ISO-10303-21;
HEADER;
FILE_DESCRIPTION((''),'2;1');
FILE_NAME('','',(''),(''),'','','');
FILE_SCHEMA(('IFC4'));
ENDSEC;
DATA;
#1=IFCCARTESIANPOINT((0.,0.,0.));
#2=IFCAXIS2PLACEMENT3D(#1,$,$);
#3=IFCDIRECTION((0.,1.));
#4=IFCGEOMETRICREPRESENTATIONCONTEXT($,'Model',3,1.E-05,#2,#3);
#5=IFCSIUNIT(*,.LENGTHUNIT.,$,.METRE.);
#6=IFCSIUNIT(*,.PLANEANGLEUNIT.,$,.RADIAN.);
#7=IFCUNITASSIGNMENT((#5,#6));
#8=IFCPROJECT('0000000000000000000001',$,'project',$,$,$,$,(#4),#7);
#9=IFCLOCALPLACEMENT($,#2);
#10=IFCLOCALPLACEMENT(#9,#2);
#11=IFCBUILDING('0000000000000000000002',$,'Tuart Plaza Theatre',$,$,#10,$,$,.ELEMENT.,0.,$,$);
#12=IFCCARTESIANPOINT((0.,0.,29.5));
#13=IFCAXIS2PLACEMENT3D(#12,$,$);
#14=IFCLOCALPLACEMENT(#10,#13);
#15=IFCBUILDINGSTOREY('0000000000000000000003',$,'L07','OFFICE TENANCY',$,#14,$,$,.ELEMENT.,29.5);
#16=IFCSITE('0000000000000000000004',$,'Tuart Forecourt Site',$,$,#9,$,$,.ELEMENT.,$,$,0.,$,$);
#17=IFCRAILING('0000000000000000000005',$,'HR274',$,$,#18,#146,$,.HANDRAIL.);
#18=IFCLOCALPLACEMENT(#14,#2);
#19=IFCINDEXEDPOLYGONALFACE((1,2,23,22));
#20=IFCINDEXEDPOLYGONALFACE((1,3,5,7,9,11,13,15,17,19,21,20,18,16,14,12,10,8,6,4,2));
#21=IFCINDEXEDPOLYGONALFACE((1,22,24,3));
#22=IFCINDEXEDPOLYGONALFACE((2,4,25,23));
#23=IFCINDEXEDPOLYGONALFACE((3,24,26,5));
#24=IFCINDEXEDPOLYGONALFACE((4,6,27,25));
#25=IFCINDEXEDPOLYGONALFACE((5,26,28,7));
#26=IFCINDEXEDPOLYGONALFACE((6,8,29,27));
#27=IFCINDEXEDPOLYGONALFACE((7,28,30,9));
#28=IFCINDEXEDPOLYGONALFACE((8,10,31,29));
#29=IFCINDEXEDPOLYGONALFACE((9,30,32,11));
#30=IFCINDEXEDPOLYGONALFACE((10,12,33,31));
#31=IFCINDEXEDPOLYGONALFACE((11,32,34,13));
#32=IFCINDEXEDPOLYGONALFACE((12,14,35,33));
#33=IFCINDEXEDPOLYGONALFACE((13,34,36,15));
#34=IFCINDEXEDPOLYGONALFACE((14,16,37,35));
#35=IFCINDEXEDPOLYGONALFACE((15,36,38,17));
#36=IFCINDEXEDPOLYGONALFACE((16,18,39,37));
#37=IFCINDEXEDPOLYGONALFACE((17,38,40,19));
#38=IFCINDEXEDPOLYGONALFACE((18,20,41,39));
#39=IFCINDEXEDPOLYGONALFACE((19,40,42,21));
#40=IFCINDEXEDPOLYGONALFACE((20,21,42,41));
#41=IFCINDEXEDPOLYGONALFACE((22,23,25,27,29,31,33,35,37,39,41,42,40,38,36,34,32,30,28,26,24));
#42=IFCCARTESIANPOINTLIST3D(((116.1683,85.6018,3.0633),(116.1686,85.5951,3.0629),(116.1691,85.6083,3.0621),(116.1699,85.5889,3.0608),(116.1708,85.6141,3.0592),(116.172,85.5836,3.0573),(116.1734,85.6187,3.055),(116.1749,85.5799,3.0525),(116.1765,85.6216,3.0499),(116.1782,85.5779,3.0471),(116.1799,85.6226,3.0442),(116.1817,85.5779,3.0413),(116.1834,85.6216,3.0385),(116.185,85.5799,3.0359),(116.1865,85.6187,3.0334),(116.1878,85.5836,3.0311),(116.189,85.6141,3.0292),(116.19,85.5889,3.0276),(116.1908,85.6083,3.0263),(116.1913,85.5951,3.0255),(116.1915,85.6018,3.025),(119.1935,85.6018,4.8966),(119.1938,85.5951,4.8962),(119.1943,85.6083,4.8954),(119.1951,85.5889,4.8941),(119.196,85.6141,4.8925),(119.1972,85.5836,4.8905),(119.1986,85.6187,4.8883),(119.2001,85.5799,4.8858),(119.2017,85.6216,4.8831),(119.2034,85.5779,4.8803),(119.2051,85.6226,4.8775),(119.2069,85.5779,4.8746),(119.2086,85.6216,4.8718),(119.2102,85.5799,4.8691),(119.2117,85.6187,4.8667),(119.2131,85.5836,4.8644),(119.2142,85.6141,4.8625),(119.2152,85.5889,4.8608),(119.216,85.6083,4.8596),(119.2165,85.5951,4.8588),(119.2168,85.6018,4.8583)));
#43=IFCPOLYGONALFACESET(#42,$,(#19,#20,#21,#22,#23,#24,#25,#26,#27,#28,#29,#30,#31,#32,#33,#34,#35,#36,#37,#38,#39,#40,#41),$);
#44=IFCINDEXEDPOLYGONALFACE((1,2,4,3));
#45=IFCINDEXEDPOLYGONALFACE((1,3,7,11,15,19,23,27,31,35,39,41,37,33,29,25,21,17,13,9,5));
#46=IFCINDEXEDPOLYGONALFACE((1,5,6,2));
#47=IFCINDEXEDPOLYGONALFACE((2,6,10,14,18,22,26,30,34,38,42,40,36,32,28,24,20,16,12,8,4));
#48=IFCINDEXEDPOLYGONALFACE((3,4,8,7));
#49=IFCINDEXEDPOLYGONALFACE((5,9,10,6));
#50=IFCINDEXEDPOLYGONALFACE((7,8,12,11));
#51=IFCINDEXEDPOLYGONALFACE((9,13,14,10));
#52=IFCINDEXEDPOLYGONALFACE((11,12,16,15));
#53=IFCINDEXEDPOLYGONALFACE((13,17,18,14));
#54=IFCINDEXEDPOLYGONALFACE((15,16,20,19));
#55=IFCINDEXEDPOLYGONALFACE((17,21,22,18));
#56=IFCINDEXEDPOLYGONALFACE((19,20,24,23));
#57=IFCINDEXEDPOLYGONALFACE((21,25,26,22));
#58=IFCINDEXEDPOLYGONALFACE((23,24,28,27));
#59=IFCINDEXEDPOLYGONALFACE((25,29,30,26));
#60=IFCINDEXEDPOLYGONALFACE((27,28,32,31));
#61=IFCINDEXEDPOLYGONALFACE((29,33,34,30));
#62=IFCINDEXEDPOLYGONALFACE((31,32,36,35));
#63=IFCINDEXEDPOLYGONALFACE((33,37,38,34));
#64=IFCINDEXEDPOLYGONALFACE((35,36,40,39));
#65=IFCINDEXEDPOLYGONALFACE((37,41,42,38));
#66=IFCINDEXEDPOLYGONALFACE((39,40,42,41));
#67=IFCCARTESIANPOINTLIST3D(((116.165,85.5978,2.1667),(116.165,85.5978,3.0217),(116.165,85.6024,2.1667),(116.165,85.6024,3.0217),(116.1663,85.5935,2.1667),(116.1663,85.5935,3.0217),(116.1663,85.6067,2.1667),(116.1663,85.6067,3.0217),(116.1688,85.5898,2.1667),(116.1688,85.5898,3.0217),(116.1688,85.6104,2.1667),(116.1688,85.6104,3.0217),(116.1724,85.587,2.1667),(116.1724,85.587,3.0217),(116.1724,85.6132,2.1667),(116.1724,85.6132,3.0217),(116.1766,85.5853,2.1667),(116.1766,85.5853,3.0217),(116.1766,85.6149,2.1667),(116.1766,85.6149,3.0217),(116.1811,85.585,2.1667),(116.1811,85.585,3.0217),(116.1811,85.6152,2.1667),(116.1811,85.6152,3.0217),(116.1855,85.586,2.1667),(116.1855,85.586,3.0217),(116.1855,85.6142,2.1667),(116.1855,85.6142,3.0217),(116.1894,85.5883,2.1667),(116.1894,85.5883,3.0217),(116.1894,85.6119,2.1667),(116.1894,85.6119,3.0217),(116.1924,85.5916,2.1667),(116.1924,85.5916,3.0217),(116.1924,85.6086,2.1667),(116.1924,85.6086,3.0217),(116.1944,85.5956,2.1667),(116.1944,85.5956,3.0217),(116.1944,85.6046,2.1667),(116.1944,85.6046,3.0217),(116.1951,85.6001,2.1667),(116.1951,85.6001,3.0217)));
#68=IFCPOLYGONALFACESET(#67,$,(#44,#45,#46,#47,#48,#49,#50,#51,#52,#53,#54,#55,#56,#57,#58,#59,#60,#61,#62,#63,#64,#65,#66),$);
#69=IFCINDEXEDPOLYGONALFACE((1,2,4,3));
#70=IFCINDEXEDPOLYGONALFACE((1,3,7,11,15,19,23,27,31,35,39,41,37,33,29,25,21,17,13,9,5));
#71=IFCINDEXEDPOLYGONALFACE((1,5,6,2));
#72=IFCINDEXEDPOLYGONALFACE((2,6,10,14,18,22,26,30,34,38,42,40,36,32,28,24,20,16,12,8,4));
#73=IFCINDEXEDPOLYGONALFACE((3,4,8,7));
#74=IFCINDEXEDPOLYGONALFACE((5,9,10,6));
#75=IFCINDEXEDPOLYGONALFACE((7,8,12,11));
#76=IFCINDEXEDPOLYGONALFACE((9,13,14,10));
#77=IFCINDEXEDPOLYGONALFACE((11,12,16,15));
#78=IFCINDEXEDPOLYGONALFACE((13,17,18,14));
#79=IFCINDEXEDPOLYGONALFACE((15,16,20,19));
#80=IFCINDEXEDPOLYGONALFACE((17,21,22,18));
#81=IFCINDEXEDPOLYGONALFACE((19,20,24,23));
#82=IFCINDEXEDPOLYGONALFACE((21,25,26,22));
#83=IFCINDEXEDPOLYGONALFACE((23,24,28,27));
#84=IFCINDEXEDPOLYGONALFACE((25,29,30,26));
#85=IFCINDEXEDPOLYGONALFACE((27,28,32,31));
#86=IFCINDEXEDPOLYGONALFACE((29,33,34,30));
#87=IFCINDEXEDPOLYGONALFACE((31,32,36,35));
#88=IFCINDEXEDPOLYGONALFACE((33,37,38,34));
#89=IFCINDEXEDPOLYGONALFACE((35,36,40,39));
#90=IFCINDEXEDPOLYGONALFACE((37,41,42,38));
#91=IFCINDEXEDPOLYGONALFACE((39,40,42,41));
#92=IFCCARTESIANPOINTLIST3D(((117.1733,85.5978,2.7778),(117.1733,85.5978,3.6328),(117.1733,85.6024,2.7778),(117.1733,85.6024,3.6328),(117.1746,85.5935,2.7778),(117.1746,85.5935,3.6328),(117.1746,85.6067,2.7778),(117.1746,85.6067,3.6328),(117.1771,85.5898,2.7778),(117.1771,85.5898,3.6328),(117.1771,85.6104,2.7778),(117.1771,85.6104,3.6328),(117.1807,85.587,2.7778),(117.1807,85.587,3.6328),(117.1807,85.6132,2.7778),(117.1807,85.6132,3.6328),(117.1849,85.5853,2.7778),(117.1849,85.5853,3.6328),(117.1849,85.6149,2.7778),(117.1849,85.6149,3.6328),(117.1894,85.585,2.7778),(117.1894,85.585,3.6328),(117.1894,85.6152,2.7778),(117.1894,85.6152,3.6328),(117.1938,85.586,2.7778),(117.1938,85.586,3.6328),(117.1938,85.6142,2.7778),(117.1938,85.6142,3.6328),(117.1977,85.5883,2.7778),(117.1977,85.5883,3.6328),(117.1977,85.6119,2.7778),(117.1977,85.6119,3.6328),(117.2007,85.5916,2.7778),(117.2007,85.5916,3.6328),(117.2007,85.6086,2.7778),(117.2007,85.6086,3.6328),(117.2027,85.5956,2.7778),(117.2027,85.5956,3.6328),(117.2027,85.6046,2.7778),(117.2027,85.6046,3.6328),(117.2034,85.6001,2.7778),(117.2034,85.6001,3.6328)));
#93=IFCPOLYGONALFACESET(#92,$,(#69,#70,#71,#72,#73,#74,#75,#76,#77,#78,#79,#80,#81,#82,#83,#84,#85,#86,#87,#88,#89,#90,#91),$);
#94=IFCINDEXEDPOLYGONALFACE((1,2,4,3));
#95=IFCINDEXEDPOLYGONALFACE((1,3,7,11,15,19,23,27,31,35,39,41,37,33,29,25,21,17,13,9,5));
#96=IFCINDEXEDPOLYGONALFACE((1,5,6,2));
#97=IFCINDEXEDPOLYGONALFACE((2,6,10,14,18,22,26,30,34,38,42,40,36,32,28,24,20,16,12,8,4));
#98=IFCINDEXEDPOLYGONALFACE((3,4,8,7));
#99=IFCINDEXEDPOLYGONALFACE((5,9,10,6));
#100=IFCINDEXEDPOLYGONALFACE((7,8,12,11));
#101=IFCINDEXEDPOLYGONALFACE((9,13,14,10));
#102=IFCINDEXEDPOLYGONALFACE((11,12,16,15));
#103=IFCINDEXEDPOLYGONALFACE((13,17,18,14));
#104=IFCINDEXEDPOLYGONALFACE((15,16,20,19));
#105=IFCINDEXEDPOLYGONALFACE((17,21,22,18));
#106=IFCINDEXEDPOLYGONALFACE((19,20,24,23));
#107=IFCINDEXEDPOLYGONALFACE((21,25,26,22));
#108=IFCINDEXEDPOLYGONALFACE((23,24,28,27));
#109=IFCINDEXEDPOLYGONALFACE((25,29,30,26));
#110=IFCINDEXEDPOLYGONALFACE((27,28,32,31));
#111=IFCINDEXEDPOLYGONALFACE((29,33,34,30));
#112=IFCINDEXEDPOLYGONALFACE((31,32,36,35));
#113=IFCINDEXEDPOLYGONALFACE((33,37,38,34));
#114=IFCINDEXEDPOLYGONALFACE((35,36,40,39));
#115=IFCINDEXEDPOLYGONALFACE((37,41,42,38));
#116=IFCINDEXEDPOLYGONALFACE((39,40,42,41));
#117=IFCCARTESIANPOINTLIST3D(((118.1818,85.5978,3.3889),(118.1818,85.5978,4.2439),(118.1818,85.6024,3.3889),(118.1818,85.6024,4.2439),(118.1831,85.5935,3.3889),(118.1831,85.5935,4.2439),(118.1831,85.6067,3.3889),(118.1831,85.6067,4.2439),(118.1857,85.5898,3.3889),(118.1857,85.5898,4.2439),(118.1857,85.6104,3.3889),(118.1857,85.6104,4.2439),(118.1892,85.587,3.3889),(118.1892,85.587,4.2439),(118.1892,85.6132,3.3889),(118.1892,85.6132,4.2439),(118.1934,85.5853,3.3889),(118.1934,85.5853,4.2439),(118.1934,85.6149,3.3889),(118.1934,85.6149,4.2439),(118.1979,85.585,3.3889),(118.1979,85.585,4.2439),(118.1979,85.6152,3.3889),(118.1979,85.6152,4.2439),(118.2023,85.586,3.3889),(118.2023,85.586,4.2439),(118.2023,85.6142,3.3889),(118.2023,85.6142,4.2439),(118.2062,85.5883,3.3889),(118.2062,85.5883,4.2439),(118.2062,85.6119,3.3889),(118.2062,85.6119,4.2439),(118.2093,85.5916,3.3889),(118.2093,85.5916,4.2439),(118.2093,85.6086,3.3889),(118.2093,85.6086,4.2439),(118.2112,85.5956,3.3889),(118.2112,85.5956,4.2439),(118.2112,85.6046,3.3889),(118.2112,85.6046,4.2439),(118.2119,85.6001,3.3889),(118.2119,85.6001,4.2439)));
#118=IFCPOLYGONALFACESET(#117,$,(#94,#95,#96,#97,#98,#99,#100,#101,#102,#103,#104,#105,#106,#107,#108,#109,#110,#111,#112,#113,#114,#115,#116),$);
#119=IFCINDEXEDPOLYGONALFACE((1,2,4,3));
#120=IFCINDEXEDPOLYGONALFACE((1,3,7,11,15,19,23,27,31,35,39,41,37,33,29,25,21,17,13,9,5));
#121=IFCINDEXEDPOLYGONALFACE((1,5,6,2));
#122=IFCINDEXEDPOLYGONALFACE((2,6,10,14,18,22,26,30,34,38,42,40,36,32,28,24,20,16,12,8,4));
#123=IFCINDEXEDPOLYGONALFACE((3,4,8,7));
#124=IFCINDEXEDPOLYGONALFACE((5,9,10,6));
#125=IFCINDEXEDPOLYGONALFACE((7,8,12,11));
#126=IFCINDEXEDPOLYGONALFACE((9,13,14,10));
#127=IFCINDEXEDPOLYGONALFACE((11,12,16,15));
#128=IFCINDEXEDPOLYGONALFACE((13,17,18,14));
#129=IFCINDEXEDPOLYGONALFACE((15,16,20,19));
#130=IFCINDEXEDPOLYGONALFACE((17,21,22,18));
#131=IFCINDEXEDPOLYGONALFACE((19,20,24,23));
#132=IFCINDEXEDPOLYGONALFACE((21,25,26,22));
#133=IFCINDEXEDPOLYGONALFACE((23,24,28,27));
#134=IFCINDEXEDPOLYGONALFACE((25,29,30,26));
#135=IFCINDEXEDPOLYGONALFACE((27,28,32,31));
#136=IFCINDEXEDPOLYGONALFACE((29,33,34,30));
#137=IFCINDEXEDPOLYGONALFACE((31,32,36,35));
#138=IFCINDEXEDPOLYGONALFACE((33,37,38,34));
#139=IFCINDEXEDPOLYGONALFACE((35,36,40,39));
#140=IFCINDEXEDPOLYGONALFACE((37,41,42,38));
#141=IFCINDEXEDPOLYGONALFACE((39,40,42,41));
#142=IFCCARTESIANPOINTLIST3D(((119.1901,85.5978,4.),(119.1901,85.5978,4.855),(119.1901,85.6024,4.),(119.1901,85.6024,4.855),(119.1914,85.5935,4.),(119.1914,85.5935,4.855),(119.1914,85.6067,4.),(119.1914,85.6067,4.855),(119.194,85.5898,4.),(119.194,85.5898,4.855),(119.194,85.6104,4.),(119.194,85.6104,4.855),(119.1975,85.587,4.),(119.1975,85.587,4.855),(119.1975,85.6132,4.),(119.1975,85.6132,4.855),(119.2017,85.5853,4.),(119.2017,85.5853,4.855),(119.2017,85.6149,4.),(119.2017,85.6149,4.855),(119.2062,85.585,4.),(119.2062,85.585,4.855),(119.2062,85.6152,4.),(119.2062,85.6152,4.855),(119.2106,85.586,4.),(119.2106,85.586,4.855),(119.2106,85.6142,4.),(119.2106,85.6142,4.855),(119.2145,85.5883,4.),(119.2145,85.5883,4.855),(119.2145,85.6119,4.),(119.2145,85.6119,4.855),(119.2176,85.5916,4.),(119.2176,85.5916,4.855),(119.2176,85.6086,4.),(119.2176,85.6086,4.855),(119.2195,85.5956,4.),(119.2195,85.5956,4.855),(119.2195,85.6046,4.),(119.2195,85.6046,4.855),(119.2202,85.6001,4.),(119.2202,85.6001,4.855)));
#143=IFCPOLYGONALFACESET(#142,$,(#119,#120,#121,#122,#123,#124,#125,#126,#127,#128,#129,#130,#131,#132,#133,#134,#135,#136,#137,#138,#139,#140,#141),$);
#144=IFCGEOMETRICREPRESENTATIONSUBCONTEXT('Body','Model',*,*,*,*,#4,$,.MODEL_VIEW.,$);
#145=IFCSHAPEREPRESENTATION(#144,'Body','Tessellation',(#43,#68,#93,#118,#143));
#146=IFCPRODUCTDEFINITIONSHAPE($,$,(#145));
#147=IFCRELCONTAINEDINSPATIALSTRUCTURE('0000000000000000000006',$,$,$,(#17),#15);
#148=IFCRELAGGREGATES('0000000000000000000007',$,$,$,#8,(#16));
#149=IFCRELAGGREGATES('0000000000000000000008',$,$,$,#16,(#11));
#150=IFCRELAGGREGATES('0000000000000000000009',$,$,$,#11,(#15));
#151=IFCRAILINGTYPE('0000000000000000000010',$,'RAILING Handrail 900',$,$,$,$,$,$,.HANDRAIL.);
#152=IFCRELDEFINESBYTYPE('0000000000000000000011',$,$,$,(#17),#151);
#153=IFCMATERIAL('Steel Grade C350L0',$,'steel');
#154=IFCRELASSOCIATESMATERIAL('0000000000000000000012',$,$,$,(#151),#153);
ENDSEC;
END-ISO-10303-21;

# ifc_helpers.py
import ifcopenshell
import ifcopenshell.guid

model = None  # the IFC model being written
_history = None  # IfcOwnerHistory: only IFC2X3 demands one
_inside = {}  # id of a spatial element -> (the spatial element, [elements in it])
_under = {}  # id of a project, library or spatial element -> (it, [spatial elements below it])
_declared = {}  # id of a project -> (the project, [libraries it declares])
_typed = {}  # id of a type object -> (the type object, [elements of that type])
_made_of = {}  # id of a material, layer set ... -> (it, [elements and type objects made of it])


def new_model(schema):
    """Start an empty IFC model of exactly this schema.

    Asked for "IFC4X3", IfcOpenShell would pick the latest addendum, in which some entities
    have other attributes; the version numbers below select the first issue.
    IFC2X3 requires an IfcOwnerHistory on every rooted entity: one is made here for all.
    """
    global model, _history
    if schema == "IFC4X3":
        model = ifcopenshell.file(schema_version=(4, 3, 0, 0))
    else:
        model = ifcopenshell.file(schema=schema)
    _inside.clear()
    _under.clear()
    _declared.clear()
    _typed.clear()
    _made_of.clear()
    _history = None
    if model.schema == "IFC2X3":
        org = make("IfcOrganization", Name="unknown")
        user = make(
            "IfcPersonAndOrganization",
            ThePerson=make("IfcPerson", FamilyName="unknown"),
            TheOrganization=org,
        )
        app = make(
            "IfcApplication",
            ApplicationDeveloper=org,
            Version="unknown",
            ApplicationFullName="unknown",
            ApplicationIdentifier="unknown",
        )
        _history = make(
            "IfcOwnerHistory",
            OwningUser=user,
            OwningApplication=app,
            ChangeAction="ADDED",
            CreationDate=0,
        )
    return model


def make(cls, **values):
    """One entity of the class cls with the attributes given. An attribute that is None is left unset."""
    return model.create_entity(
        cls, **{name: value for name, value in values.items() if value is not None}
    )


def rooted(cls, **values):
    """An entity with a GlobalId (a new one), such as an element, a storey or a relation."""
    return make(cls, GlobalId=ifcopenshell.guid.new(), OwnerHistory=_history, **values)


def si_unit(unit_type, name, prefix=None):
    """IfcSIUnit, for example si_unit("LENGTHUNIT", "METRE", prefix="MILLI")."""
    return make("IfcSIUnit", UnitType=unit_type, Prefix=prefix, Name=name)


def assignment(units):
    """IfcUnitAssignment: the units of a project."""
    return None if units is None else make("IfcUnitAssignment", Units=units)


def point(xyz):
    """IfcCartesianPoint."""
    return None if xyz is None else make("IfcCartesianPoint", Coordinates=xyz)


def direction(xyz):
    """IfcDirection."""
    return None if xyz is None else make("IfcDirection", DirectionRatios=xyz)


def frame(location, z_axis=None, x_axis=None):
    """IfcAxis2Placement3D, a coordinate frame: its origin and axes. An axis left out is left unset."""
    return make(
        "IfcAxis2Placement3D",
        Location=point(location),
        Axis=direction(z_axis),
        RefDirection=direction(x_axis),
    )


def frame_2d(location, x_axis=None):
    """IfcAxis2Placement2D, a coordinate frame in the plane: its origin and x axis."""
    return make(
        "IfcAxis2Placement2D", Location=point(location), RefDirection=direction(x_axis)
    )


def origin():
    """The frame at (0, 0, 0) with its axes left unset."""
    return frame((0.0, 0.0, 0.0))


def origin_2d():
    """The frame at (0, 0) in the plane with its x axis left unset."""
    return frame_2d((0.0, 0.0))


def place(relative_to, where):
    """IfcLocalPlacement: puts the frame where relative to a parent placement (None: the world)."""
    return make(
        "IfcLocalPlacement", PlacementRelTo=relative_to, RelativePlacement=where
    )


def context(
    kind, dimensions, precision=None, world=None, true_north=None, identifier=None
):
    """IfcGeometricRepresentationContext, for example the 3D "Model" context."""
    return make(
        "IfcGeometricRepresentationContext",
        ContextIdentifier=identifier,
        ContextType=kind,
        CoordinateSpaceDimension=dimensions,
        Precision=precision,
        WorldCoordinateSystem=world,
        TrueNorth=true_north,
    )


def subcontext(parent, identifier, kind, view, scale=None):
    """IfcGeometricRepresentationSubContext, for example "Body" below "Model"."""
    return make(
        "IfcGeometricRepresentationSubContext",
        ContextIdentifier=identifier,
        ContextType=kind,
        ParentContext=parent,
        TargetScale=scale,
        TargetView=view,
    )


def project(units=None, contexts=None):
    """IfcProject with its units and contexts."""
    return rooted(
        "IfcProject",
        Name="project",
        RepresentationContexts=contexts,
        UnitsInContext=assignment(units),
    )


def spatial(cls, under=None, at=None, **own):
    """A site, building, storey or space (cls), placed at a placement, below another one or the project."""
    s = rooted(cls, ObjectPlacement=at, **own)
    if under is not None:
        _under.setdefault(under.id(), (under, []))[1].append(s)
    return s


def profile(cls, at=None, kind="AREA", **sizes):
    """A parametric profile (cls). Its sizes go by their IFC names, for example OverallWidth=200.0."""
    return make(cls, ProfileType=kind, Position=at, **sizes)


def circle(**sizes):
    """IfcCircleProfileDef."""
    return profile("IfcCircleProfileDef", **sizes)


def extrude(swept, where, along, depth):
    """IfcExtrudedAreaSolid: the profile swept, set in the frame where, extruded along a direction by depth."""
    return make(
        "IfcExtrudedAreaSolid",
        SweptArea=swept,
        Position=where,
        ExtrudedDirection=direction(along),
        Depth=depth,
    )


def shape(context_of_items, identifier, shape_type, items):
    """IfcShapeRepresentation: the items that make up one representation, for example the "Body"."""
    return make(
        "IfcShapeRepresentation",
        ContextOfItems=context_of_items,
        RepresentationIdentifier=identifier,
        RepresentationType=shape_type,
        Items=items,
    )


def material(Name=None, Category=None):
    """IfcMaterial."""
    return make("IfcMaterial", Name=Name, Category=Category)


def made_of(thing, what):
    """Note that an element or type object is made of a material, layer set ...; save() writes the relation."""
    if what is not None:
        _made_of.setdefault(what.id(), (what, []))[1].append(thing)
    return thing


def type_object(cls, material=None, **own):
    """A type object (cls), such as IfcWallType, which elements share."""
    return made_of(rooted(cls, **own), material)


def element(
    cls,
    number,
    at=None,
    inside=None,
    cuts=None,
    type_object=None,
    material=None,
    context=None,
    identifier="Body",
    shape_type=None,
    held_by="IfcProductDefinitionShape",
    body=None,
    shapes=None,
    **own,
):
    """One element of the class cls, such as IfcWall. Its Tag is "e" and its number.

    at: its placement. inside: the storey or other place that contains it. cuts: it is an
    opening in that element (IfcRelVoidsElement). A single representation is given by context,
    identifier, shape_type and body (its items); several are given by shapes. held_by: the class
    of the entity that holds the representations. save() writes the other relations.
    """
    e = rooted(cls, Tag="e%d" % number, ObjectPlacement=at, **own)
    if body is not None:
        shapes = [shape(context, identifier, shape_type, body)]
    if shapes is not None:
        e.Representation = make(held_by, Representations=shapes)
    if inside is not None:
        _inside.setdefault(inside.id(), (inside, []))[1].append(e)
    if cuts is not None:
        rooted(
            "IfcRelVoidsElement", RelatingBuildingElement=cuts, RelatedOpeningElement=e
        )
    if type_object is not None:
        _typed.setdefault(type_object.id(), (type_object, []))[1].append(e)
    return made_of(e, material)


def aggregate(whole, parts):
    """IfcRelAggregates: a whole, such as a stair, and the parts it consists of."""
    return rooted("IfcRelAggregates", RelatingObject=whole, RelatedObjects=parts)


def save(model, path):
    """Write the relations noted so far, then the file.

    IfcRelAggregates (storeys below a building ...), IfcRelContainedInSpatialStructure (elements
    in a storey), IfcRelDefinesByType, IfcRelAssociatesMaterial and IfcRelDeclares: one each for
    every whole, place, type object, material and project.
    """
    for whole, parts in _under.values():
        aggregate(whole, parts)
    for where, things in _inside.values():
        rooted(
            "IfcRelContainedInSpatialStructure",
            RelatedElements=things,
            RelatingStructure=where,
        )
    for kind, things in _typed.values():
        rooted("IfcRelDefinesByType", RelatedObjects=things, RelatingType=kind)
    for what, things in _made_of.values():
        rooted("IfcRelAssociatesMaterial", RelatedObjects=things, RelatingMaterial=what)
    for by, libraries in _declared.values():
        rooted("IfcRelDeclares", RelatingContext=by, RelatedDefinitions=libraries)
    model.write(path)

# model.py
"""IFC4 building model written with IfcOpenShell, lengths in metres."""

from ifc_helpers import new_model, si_unit, direction, frame, origin, origin_2d, place, context, subcontext, project, spatial, circle, extrude, material, type_object, element, save


model = new_model("IFC4")

# Units and contexts
model_context = context("Model", 3, precision=1e-05, world=origin(), true_north=direction((0.0, 1.0)))
body_context = subcontext(model_context, "Body", "Model", "MODEL_VIEW")
ifc_project = project(units=[si_unit("LENGTHUNIT", "METRE"), si_unit("PLANEANGLEUNIT", "RADIAN")], contexts=[model_context])

# Site, building, storey
site_placement = place(None, origin())
site = spatial("IfcSite", under=ifc_project, at=site_placement, Name="Tuart Forecourt Site", CompositionType="ELEMENT", RefElevation=0.0)
building_placement = place(site_placement, origin())
building = spatial("IfcBuilding", under=site, at=building_placement, Name="Tuart Plaza Theatre", CompositionType="ELEMENT", ElevationOfRefHeight=0.0)
storey_placement = place(building_placement, frame((0.0, 0.0, 29.5)))
storey = spatial("IfcBuildingStorey", under=building, at=storey_placement, Name="L07", Description="OFFICE TENANCY", CompositionType="ELEMENT", Elevation=29.5)

# Railing
ifc_material_1 = material(Name="Steel Grade C350L0", Category="steel")
railing_type_1 = type_object("IfcRailingType", Name="RAILING Handrail 900", PredefinedType="HANDRAIL", material=ifc_material_1)
for number, where, name in (
    (1, (116.1799, 85.6001, 2.1667), "HR274"),
):
    element("IfcRailing", number, at=place(storey_placement, frame(where)), inside=storey, type_object=railing_type_1, Name=name, PredefinedType="HANDRAIL", context=body_context, shape_type="SweptSolid", body=[
        extrude(circle(Radius=0.0225, at=origin_2d()), frame((0.0, 0.0, 0.8774), z_axis=(0.855219, 0.0, 0.518267), x_axis=(0.0, 1.0, 0.0)), (0.0, 0.0, 1.0), 3.5374),
        extrude(circle(Radius=0.0151, at=origin_2d()), origin(), (0.0, 0.0, 1.0), 0.855),
        extrude(circle(Radius=0.0151, at=origin_2d()), frame((1.0083, 0.0, 0.6111)), (0.0, 0.0, 1.0), 0.855),
        extrude(circle(Radius=0.0151, at=origin_2d()), frame((2.0168, 0.0, 1.2222)), (0.0, 0.0, 1.0), 0.855),
        extrude(circle(Radius=0.0151, at=origin_2d()), frame((3.0251, 0.0, 1.8333)), (0.0, 0.0, 1.0), 0.855),
    ])

save(model, "model.ifc")
